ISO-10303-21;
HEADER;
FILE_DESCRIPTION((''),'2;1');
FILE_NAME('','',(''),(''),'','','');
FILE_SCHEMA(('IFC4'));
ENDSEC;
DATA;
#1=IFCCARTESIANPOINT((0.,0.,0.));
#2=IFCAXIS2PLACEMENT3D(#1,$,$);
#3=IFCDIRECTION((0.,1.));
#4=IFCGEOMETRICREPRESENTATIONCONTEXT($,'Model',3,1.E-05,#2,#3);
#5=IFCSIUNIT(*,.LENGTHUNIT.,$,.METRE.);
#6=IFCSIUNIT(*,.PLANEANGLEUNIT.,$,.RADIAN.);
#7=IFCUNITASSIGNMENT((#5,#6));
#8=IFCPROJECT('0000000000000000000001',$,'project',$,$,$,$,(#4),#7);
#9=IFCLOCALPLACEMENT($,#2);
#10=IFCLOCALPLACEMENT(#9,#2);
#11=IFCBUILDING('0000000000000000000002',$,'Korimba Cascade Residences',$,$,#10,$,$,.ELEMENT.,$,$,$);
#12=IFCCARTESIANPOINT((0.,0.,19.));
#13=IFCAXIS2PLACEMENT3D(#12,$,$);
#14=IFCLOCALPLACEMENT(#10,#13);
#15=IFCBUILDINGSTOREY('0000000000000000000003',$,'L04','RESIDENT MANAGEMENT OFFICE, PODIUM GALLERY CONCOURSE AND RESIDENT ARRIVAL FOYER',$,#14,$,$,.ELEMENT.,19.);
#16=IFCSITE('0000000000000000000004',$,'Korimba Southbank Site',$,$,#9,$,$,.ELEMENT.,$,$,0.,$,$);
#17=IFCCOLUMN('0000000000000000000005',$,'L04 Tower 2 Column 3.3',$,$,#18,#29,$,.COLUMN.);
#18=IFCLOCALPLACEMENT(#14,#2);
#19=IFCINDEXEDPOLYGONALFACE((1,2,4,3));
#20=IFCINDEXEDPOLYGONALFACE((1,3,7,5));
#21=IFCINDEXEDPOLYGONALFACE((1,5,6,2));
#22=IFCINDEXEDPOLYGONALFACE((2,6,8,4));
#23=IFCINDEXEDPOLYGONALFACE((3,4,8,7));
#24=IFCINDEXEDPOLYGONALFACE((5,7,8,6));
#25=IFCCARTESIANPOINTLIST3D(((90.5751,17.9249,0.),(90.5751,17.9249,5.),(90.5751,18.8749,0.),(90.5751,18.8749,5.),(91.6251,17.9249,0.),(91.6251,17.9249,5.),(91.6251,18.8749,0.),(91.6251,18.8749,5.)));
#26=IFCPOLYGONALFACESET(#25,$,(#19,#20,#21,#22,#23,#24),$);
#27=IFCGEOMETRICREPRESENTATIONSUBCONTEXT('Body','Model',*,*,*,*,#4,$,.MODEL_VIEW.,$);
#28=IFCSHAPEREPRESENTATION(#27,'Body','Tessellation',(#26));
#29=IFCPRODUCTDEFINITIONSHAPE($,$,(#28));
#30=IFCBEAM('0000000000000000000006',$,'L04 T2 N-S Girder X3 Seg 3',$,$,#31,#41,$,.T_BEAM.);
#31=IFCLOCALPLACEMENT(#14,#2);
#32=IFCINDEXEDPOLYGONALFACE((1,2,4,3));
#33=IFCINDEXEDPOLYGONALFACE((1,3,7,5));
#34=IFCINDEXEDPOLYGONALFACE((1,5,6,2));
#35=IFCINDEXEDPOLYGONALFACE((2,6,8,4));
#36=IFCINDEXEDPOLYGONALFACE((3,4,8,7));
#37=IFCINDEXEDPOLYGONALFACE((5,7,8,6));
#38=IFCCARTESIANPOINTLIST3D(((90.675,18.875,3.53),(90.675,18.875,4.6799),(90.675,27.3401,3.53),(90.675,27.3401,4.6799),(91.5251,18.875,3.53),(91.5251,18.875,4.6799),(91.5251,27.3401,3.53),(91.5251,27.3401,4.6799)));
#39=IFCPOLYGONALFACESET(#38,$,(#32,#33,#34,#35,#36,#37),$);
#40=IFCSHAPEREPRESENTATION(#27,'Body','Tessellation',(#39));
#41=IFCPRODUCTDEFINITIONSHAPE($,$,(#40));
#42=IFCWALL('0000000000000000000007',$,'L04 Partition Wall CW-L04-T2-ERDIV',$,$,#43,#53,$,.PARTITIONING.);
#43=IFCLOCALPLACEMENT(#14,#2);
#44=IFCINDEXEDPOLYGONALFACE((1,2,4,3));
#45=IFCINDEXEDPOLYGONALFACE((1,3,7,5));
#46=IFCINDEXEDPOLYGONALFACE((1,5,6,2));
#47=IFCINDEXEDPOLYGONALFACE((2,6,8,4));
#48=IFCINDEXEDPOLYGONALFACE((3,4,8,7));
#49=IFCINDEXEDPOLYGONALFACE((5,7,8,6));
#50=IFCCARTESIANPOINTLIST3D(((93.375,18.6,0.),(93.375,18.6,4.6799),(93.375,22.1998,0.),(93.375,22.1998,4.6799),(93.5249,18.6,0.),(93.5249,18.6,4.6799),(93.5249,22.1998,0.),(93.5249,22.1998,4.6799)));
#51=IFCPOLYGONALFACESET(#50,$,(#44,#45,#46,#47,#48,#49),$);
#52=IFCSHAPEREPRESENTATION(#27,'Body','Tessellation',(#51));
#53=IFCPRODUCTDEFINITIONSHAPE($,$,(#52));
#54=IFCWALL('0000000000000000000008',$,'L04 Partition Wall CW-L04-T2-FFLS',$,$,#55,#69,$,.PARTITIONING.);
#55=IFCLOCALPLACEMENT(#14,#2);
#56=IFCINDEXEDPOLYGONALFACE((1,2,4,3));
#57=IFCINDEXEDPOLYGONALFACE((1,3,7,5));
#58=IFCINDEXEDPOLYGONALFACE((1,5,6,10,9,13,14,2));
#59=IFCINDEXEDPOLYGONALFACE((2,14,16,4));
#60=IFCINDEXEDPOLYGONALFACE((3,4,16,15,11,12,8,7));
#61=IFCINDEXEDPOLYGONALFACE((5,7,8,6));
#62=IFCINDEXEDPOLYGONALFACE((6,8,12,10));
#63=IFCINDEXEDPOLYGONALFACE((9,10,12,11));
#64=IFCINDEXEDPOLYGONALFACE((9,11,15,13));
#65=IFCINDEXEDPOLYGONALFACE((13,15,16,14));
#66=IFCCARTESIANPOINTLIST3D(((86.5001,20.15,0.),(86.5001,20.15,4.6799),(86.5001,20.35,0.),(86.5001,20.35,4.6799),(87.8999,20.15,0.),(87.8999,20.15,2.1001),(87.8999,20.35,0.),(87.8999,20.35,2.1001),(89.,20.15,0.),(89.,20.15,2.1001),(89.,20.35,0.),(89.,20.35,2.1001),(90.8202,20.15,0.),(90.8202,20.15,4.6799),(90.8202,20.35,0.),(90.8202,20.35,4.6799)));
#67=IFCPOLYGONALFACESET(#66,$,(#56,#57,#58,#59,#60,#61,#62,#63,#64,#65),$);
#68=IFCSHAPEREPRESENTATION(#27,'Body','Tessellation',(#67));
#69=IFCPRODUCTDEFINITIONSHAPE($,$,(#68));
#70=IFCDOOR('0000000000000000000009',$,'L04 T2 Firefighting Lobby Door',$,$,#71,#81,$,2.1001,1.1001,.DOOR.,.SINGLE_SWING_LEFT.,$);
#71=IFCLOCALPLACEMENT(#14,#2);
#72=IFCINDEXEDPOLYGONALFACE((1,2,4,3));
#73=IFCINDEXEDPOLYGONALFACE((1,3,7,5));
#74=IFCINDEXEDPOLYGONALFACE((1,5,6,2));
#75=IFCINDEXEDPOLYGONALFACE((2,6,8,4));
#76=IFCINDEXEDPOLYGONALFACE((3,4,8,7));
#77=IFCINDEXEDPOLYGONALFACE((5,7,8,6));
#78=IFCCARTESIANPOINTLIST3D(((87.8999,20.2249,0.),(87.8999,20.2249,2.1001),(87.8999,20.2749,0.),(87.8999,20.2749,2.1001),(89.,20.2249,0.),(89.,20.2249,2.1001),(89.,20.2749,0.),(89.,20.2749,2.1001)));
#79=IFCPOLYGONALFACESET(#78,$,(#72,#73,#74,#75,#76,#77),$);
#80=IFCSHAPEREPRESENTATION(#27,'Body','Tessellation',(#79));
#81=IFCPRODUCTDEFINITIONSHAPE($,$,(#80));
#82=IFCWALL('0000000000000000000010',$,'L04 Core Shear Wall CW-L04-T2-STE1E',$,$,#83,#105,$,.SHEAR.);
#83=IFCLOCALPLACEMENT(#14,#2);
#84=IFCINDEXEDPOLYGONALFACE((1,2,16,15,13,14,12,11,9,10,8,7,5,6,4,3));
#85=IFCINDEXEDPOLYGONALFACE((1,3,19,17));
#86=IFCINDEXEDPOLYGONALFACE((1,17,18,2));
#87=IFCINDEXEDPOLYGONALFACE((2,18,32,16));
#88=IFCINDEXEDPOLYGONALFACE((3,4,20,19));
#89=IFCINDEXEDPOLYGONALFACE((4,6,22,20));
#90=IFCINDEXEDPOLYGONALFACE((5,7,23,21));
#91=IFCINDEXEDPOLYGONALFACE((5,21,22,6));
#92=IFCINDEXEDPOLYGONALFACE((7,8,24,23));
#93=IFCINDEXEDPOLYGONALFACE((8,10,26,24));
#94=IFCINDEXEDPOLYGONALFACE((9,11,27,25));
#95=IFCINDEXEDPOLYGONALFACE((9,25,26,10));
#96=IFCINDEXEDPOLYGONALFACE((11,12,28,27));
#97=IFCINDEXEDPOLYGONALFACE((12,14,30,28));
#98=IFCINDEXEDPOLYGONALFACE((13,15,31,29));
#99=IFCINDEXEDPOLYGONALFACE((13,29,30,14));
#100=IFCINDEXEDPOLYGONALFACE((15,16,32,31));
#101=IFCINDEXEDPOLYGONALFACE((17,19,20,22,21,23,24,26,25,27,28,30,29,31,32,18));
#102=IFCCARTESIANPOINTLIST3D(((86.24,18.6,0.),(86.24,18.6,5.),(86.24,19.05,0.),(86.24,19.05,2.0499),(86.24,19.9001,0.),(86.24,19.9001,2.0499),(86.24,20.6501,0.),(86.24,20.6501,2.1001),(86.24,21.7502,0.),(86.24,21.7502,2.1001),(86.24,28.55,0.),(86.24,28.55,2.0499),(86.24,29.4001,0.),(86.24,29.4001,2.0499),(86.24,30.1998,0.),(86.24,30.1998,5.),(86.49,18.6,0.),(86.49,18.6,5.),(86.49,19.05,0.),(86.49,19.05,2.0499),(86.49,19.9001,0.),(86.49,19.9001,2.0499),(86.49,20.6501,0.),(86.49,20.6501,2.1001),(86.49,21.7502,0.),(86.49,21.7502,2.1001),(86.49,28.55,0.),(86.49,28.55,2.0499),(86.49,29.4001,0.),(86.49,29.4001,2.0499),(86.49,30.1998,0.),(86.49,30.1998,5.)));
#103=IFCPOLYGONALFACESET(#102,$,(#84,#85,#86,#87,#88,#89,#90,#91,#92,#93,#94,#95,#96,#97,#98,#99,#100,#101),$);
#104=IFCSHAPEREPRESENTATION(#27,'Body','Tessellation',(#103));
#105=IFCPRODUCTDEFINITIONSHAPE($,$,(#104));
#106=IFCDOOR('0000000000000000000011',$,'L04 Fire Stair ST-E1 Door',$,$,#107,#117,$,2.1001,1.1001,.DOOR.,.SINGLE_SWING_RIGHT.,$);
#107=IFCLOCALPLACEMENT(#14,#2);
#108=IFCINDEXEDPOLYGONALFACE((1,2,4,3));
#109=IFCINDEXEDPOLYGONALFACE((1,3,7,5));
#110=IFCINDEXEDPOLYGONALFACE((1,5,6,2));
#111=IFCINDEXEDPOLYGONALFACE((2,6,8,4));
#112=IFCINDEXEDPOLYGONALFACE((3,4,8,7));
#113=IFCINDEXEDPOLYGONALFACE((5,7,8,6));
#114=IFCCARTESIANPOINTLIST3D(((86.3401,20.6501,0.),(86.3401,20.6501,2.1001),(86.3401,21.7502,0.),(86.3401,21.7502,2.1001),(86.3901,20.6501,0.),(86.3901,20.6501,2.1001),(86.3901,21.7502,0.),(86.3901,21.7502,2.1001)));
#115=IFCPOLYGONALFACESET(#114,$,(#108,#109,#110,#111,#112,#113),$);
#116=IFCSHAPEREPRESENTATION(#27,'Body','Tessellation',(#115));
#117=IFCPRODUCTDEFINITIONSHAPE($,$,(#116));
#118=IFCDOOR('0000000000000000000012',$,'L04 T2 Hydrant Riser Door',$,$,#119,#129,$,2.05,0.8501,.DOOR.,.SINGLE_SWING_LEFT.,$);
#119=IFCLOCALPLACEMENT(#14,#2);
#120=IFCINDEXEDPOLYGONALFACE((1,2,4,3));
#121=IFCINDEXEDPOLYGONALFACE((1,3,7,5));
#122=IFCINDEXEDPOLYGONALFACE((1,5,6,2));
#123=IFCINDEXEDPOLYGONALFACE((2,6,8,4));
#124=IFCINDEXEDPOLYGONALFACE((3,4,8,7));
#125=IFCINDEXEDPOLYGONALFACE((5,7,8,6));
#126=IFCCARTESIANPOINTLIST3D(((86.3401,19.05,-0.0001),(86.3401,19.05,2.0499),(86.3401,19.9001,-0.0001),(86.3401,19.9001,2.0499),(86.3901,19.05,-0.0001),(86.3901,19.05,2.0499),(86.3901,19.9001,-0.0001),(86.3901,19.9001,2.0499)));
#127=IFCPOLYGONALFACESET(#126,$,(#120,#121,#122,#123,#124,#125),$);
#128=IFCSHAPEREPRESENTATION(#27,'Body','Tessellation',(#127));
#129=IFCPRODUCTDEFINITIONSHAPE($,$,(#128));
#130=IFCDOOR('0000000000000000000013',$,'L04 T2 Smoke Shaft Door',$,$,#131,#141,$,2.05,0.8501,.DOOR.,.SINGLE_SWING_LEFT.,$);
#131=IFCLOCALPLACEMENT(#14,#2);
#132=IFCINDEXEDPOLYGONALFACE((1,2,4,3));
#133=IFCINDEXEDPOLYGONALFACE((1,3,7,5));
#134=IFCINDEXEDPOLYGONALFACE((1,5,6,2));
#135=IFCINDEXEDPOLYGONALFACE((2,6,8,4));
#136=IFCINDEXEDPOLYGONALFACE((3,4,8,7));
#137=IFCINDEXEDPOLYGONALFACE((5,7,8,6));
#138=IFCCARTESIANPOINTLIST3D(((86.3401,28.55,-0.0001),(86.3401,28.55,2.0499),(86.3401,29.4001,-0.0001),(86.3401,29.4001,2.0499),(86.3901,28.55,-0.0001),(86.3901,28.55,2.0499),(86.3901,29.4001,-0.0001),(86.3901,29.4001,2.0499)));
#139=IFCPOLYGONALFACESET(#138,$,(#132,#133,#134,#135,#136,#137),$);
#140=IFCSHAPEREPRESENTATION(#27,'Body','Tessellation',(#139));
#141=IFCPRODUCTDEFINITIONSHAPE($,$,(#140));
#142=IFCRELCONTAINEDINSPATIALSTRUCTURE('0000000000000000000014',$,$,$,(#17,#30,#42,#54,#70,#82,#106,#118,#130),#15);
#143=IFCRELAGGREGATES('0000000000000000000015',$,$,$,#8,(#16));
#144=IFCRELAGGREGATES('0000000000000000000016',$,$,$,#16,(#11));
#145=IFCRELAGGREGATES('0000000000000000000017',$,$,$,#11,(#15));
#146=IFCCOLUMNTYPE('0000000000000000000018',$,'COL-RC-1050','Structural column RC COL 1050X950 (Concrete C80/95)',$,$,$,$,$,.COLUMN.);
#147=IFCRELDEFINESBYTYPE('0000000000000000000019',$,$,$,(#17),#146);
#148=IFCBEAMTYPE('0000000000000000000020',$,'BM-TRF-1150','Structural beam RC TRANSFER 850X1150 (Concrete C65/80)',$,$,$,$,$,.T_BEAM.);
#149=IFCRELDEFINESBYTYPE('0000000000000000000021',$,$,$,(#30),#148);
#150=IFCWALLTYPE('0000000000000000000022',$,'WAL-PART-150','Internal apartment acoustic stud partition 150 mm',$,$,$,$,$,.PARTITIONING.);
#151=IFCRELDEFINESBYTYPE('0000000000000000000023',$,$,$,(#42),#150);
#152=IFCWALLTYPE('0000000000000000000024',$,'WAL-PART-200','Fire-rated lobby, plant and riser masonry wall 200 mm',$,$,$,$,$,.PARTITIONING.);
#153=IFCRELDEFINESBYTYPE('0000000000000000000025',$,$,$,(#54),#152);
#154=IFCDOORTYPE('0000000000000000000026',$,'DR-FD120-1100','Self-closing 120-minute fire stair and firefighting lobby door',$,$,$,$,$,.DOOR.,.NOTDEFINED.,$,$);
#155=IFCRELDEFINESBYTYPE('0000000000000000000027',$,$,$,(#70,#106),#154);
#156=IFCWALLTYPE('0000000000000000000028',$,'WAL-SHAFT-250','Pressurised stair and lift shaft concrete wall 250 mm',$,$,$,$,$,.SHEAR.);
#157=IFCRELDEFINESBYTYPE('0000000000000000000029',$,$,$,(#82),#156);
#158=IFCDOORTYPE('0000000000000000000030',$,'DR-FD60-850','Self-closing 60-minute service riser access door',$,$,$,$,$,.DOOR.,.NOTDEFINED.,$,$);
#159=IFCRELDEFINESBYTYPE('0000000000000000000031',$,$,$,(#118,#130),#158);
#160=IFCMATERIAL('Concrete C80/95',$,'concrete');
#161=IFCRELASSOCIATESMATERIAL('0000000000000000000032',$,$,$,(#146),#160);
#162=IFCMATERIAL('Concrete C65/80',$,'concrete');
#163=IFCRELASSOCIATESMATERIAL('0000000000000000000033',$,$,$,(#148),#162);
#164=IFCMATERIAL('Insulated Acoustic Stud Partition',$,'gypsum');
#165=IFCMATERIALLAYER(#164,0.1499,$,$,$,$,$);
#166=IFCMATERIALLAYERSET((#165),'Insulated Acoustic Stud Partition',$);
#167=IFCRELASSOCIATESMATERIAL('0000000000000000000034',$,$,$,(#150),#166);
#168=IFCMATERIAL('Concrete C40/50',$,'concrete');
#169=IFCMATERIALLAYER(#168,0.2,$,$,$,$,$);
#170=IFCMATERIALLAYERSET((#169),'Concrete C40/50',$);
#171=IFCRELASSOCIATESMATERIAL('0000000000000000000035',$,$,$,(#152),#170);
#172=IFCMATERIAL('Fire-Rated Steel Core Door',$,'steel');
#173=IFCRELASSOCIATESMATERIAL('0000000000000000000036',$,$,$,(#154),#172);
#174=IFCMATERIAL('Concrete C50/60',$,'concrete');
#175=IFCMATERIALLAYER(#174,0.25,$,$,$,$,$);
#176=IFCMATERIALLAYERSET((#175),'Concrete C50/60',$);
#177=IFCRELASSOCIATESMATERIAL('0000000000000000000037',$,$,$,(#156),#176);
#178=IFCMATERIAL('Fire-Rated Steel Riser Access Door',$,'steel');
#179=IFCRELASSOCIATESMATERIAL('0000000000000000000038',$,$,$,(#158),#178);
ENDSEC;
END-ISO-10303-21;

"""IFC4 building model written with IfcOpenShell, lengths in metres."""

from ifc_helpers import new_model, si_unit, direction, frame, frame_2d, origin, origin_2d, place, context, subcontext, project, spatial, rectangle, extrude, material, layer, layer_set, material_profile, profile_set, type_object, element, fill, save


model = new_model("IFC4")

# Units and contexts
model_context = context("Model", 3, precision=1e-05, world=origin(), true_north=direction((0.0, 1.0)))
body_context = subcontext(model_context, "Body", "Model", "MODEL_VIEW")
ifc_project = project(units=[si_unit("LENGTHUNIT", "METRE"), si_unit("PLANEANGLEUNIT", "RADIAN")], contexts=[model_context])

# Site, building, storey
site_placement = place(None, origin())
site = spatial("IfcSite", under=ifc_project, at=site_placement, Name="Korimba Southbank Site", CompositionType="ELEMENT", RefElevation=0.0)
building_placement = place(site_placement, origin())
building = spatial("IfcBuilding", under=site, at=building_placement, Name="Korimba Cascade Residences", CompositionType="ELEMENT")
storey_placement = place(building_placement, frame((0.0, 0.0, 19.0)))
storey = spatial("IfcBuildingStorey", under=building, at=storey_placement, Name="L04", Description="RESIDENT MANAGEMENT OFFICE, PODIUM GALLERY CONCOURSE AND RESIDENT ARRIVAL FOYER", CompositionType="ELEMENT", Elevation=19.0)

# Column
ifc_material_1 = material(Name="Concrete C80/95", Category="concrete")
ifc_material_profile_1 = material_profile(ifc_material_1, rectangle(XDim=1.05, YDim=0.95, at=origin_2d()), Name="Concrete C80/95")
ifc_profile_set_1 = profile_set([ifc_material_profile_1], Name="Concrete C80/95")
column_type = type_object("IfcColumnType", Name="COL-RC-1050", Description="Structural column RC COL 1050X950 (Concrete C80/95)", PredefinedType="COLUMN", material=ifc_profile_set_1)
column_placement = place(storey_placement, frame((91.1001, 18.3999, 0.0), z_axis=(0.0, 0.0, 1.0), x_axis=(1.0, 0.0, 0.0)))
element("IfcColumn", 1, at=column_placement, inside=storey, type_object=column_type, Name="L04 Tower 2 Column 3.3", PredefinedType="COLUMN", context=body_context, shape_type="SweptSolid", body=[
    extrude(rectangle(XDim=1.05, YDim=0.95, at=origin_2d()), origin(), (0.0, 0.0, 1.0), 5.0),
])

# Beam
ifc_material_2 = material(Name="Concrete C65/80", Category="concrete")
ifc_material_profile_2 = material_profile(ifc_material_2, rectangle(XDim=0.8501, YDim=1.1499, at=origin_2d()), Name="Concrete C65/80")
ifc_profile_set_2 = profile_set([ifc_material_profile_2], Name="Concrete C65/80")
beam_type = type_object("IfcBeamType", Name="BM-TRF-1150", Description="Structural beam RC TRANSFER 850X1150 (Concrete C65/80)", PredefinedType="T_BEAM", material=ifc_profile_set_2)
beam_placement = place(storey_placement, frame((91.1001, 18.875, 4.105), z_axis=(0.0, 1.0, 0.0), x_axis=(-1.0, 0.0, 0.0)))
element("IfcBeam", 2, at=beam_placement, inside=storey, type_object=beam_type, Name="L04 T2 N-S Girder X3 Seg 3", PredefinedType="T_BEAM", context=body_context, shape_type="SweptSolid", body=[
    extrude(rectangle(XDim=0.8501, YDim=1.1499, at=origin_2d()), origin(), (0.0, 0.0, 1.0), 8.4651),
])

# Wall
ifc_material_3 = material(Name="Insulated Acoustic Stud Partition", Category="gypsum")
ifc_layer_1 = layer(ifc_material_3, 0.1499)
ifc_layer_set_1 = layer_set([ifc_layer_1], Name="Insulated Acoustic Stud Partition")
wall_type_1 = type_object("IfcWallType", Name="WAL-PART-150", Description="Internal apartment acoustic stud partition 150 mm", PredefinedType="PARTITIONING", material=ifc_layer_set_1)
wall_1_placement = place(storey_placement, frame((93.45, 18.6001, 0.0), z_axis=(0.0, 0.0, 1.0), x_axis=(0.0, 1.0, 0.0)))
element("IfcWall", 3, at=wall_1_placement, inside=storey, type_object=wall_type_1, Name="L04 Partition Wall CW-L04-T2-ERDIV", PredefinedType="PARTITIONING", context=body_context, shape_type="SweptSolid", body=[
    extrude(rectangle(XDim=3.5999, YDim=0.1499, at=frame_2d((1.7998, 0.0))), origin(), (0.0, 0.0, 1.0), 4.6799),
])

# Wall, opening, door
ifc_material_4 = material(Name="Concrete C40/50", Category="concrete")
ifc_layer_2 = layer(ifc_material_4, 0.2)
ifc_layer_set_2 = layer_set([ifc_layer_2], Name="Concrete C40/50")
wall_type_2 = type_object("IfcWallType", Name="WAL-PART-200", Description="Fire-rated lobby, plant and riser masonry wall 200 mm", PredefinedType="PARTITIONING", material=ifc_layer_set_2)
wall_2_placement = place(storey_placement, frame((86.5, 20.25, 0.0), z_axis=(0.0, 0.0, 1.0), x_axis=(1.0, 0.0, 0.0)))
wall_2 = element("IfcWall", 4, at=wall_2_placement, inside=storey, type_object=wall_type_2, Name="L04 Partition Wall CW-L04-T2-FFLS", PredefinedType="PARTITIONING", context=body_context, shape_type="SweptSolid", body=[
    extrude(rectangle(XDim=4.3201, YDim=0.2, at=frame_2d((2.1602, 0.0))), origin(), (0.0, 0.0, 1.0), 4.6799),
])
opening_1_placement = place(wall_2_placement, frame((1.3999, 0.0, 0.0)))
opening_1 = element("IfcOpeningElement", 5, at=opening_1_placement, cuts=wall_2, PredefinedType="OPENING", context=body_context, shape_type="SweptSolid", body=[
    extrude(rectangle(XDim=1.1001, YDim=2.1001, at=frame_2d((0.55, 1.05))), frame((0.0, 0.1099, 0.0), z_axis=(0.0, -1.0, 0.0), x_axis=(1.0, 0.0, 0.0)), (0.0, 0.0, 1.0), 0.22),
])
ifc_material_5 = material(Name="Fire-Rated Steel Core Door", Category="steel")
door_type_1 = type_object("IfcDoorType", Name="DR-FD120-1100", Description="Self-closing 120-minute fire stair and firefighting lobby door", OperationType="NOTDEFINED", PredefinedType="DOOR", material=ifc_material_5)
door_1_placement = place(opening_1_placement, origin())
door_1 = element("IfcDoor", 6, at=door_1_placement, inside=storey, type_object=door_type_1, Name="L04 T2 Firefighting Lobby Door", OperationType="SINGLE_SWING_LEFT", OverallHeight=2.1001, OverallWidth=1.1001, PredefinedType="DOOR", context=body_context, shape_type="SweptSolid", body=[
    extrude(rectangle(XDim=1.1001, YDim=2.1001, at=frame_2d((0.55, 1.05))), frame((0.0, 0.0249, 0.0), z_axis=(0.0, -1.0, 0.0), x_axis=(1.0, 0.0, 0.0)), (0.0, 0.0, 1.0), 0.05),
])
fill(opening_1, door_1)

# Wall, openings, doors
ifc_material_6 = material(Name="Concrete C50/60", Category="concrete")
ifc_layer_3 = layer(ifc_material_6, 0.25)
ifc_layer_set_3 = layer_set([ifc_layer_3], Name="Concrete C50/60")
wall_type_3 = type_object("IfcWallType", Name="WAL-SHAFT-250", Description="Pressurised stair and lift shaft concrete wall 250 mm", PredefinedType="SHEAR", material=ifc_layer_set_3)
wall_3_placement = place(storey_placement, frame((86.365, 18.6001, 0.0), z_axis=(0.0, 0.0, 1.0), x_axis=(0.0, 1.0, 0.0)))
wall_3 = element("IfcWall", 7, at=wall_3_placement, inside=storey, type_object=wall_type_3, Name="L04 Core Shear Wall CW-L04-T2-STE1E", PredefinedType="SHEAR", context=body_context, shape_type="SweptSolid", body=[
    extrude(rectangle(XDim=11.5999, YDim=0.25, at=frame_2d((5.7998, 0.0))), origin(), (0.0, 0.0, 1.0), 5.0),
])
opening_2_placement = place(wall_3_placement, frame((0.45, 0.0, 0.0)))
opening_2 = element("IfcOpeningElement", 8, at=opening_2_placement, cuts=wall_3, PredefinedType="OPENING", context=body_context, shape_type="SweptSolid", body=[
    extrude(rectangle(XDim=0.8501, YDim=2.05, at=frame_2d((0.425, 1.0249))), frame((0.0, 0.135, 0.0), z_axis=(0.0, -1.0, 0.0), x_axis=(1.0, 0.0, 0.0)), (0.0, 0.0, 1.0), 0.27),
])
opening_3_placement = place(wall_3_placement, frame((2.05, 0.0, 0.0)))
opening_3 = element("IfcOpeningElement", 9, at=opening_3_placement, cuts=wall_3, PredefinedType="OPENING", context=body_context, shape_type="SweptSolid", body=[
    extrude(rectangle(XDim=1.1001, YDim=2.1001, at=frame_2d((0.55, 1.05))), frame((0.0, 0.135, 0.0), z_axis=(0.0, -1.0, 0.0), x_axis=(1.0, 0.0, 0.0)), (0.0, 0.0, 1.0), 0.27),
])
opening_4_placement = place(wall_3_placement, frame((9.95, 0.0, 0.0)))
opening_4 = element("IfcOpeningElement", 10, at=opening_4_placement, cuts=wall_3, PredefinedType="OPENING", context=body_context, shape_type="SweptSolid", body=[
    extrude(rectangle(XDim=0.8501, YDim=2.05, at=frame_2d((0.425, 1.0249))), frame((0.0, 0.135, 0.0), z_axis=(0.0, -1.0, 0.0), x_axis=(1.0, 0.0, 0.0)), (0.0, 0.0, 1.0), 0.27),
])
door_2_placement = place(opening_3_placement, origin())
door_2 = element("IfcDoor", 11, at=door_2_placement, inside=storey, type_object=door_type_1, Name="L04 Fire Stair ST-E1 Door", OperationType="SINGLE_SWING_RIGHT", OverallHeight=2.1001, OverallWidth=1.1001, PredefinedType="DOOR", context=body_context, shape_type="SweptSolid", body=[
    extrude(rectangle(XDim=1.1001, YDim=2.1001, at=frame_2d((0.55, 1.05))), frame((0.0, 0.0249, 0.0), z_axis=(0.0, -1.0, 0.0), x_axis=(1.0, 0.0, 0.0)), (0.0, 0.0, 1.0), 0.05),
])
fill(opening_3, door_2)
ifc_material_7 = material(Name="Fire-Rated Steel Riser Access Door", Category="steel")
door_type_2 = type_object("IfcDoorType", Name="DR-FD60-850", Description="Self-closing 60-minute service riser access door", OperationType="NOTDEFINED", PredefinedType="DOOR", material=ifc_material_7)
door_3_placement = place(opening_2_placement, origin())
door_3 = element("IfcDoor", 12, at=door_3_placement, inside=storey, type_object=door_type_2, Name="L04 T2 Hydrant Riser Door", OperationType="SINGLE_SWING_LEFT", OverallHeight=2.05, OverallWidth=0.8501, PredefinedType="DOOR", context=body_context, shape_type="SweptSolid", body=[
    extrude(rectangle(XDim=0.8501, YDim=2.05, at=frame_2d((0.425, 1.0249))), frame((0.0, 0.0249, 0.0), z_axis=(0.0, -1.0, 0.0), x_axis=(1.0, 0.0, 0.0)), (0.0, 0.0, 1.0), 0.05),
])
fill(opening_2, door_3)
door_4_placement = place(opening_4_placement, origin())
door_4 = element("IfcDoor", 13, at=door_4_placement, inside=storey, type_object=door_type_2, Name="L04 T2 Smoke Shaft Door", OperationType="SINGLE_SWING_LEFT", OverallHeight=2.05, OverallWidth=0.8501, PredefinedType="DOOR", context=body_context, shape_type="SweptSolid", body=[
    extrude(rectangle(XDim=0.8501, YDim=2.05, at=frame_2d((0.425, 1.0249))), frame((0.0, 0.0249, 0.0), z_axis=(0.0, -1.0, 0.0), x_axis=(1.0, 0.0, 0.0)), (0.0, 0.0, 1.0), 0.05),
])
fill(opening_4, door_4)

save(model, "model.ifc")
